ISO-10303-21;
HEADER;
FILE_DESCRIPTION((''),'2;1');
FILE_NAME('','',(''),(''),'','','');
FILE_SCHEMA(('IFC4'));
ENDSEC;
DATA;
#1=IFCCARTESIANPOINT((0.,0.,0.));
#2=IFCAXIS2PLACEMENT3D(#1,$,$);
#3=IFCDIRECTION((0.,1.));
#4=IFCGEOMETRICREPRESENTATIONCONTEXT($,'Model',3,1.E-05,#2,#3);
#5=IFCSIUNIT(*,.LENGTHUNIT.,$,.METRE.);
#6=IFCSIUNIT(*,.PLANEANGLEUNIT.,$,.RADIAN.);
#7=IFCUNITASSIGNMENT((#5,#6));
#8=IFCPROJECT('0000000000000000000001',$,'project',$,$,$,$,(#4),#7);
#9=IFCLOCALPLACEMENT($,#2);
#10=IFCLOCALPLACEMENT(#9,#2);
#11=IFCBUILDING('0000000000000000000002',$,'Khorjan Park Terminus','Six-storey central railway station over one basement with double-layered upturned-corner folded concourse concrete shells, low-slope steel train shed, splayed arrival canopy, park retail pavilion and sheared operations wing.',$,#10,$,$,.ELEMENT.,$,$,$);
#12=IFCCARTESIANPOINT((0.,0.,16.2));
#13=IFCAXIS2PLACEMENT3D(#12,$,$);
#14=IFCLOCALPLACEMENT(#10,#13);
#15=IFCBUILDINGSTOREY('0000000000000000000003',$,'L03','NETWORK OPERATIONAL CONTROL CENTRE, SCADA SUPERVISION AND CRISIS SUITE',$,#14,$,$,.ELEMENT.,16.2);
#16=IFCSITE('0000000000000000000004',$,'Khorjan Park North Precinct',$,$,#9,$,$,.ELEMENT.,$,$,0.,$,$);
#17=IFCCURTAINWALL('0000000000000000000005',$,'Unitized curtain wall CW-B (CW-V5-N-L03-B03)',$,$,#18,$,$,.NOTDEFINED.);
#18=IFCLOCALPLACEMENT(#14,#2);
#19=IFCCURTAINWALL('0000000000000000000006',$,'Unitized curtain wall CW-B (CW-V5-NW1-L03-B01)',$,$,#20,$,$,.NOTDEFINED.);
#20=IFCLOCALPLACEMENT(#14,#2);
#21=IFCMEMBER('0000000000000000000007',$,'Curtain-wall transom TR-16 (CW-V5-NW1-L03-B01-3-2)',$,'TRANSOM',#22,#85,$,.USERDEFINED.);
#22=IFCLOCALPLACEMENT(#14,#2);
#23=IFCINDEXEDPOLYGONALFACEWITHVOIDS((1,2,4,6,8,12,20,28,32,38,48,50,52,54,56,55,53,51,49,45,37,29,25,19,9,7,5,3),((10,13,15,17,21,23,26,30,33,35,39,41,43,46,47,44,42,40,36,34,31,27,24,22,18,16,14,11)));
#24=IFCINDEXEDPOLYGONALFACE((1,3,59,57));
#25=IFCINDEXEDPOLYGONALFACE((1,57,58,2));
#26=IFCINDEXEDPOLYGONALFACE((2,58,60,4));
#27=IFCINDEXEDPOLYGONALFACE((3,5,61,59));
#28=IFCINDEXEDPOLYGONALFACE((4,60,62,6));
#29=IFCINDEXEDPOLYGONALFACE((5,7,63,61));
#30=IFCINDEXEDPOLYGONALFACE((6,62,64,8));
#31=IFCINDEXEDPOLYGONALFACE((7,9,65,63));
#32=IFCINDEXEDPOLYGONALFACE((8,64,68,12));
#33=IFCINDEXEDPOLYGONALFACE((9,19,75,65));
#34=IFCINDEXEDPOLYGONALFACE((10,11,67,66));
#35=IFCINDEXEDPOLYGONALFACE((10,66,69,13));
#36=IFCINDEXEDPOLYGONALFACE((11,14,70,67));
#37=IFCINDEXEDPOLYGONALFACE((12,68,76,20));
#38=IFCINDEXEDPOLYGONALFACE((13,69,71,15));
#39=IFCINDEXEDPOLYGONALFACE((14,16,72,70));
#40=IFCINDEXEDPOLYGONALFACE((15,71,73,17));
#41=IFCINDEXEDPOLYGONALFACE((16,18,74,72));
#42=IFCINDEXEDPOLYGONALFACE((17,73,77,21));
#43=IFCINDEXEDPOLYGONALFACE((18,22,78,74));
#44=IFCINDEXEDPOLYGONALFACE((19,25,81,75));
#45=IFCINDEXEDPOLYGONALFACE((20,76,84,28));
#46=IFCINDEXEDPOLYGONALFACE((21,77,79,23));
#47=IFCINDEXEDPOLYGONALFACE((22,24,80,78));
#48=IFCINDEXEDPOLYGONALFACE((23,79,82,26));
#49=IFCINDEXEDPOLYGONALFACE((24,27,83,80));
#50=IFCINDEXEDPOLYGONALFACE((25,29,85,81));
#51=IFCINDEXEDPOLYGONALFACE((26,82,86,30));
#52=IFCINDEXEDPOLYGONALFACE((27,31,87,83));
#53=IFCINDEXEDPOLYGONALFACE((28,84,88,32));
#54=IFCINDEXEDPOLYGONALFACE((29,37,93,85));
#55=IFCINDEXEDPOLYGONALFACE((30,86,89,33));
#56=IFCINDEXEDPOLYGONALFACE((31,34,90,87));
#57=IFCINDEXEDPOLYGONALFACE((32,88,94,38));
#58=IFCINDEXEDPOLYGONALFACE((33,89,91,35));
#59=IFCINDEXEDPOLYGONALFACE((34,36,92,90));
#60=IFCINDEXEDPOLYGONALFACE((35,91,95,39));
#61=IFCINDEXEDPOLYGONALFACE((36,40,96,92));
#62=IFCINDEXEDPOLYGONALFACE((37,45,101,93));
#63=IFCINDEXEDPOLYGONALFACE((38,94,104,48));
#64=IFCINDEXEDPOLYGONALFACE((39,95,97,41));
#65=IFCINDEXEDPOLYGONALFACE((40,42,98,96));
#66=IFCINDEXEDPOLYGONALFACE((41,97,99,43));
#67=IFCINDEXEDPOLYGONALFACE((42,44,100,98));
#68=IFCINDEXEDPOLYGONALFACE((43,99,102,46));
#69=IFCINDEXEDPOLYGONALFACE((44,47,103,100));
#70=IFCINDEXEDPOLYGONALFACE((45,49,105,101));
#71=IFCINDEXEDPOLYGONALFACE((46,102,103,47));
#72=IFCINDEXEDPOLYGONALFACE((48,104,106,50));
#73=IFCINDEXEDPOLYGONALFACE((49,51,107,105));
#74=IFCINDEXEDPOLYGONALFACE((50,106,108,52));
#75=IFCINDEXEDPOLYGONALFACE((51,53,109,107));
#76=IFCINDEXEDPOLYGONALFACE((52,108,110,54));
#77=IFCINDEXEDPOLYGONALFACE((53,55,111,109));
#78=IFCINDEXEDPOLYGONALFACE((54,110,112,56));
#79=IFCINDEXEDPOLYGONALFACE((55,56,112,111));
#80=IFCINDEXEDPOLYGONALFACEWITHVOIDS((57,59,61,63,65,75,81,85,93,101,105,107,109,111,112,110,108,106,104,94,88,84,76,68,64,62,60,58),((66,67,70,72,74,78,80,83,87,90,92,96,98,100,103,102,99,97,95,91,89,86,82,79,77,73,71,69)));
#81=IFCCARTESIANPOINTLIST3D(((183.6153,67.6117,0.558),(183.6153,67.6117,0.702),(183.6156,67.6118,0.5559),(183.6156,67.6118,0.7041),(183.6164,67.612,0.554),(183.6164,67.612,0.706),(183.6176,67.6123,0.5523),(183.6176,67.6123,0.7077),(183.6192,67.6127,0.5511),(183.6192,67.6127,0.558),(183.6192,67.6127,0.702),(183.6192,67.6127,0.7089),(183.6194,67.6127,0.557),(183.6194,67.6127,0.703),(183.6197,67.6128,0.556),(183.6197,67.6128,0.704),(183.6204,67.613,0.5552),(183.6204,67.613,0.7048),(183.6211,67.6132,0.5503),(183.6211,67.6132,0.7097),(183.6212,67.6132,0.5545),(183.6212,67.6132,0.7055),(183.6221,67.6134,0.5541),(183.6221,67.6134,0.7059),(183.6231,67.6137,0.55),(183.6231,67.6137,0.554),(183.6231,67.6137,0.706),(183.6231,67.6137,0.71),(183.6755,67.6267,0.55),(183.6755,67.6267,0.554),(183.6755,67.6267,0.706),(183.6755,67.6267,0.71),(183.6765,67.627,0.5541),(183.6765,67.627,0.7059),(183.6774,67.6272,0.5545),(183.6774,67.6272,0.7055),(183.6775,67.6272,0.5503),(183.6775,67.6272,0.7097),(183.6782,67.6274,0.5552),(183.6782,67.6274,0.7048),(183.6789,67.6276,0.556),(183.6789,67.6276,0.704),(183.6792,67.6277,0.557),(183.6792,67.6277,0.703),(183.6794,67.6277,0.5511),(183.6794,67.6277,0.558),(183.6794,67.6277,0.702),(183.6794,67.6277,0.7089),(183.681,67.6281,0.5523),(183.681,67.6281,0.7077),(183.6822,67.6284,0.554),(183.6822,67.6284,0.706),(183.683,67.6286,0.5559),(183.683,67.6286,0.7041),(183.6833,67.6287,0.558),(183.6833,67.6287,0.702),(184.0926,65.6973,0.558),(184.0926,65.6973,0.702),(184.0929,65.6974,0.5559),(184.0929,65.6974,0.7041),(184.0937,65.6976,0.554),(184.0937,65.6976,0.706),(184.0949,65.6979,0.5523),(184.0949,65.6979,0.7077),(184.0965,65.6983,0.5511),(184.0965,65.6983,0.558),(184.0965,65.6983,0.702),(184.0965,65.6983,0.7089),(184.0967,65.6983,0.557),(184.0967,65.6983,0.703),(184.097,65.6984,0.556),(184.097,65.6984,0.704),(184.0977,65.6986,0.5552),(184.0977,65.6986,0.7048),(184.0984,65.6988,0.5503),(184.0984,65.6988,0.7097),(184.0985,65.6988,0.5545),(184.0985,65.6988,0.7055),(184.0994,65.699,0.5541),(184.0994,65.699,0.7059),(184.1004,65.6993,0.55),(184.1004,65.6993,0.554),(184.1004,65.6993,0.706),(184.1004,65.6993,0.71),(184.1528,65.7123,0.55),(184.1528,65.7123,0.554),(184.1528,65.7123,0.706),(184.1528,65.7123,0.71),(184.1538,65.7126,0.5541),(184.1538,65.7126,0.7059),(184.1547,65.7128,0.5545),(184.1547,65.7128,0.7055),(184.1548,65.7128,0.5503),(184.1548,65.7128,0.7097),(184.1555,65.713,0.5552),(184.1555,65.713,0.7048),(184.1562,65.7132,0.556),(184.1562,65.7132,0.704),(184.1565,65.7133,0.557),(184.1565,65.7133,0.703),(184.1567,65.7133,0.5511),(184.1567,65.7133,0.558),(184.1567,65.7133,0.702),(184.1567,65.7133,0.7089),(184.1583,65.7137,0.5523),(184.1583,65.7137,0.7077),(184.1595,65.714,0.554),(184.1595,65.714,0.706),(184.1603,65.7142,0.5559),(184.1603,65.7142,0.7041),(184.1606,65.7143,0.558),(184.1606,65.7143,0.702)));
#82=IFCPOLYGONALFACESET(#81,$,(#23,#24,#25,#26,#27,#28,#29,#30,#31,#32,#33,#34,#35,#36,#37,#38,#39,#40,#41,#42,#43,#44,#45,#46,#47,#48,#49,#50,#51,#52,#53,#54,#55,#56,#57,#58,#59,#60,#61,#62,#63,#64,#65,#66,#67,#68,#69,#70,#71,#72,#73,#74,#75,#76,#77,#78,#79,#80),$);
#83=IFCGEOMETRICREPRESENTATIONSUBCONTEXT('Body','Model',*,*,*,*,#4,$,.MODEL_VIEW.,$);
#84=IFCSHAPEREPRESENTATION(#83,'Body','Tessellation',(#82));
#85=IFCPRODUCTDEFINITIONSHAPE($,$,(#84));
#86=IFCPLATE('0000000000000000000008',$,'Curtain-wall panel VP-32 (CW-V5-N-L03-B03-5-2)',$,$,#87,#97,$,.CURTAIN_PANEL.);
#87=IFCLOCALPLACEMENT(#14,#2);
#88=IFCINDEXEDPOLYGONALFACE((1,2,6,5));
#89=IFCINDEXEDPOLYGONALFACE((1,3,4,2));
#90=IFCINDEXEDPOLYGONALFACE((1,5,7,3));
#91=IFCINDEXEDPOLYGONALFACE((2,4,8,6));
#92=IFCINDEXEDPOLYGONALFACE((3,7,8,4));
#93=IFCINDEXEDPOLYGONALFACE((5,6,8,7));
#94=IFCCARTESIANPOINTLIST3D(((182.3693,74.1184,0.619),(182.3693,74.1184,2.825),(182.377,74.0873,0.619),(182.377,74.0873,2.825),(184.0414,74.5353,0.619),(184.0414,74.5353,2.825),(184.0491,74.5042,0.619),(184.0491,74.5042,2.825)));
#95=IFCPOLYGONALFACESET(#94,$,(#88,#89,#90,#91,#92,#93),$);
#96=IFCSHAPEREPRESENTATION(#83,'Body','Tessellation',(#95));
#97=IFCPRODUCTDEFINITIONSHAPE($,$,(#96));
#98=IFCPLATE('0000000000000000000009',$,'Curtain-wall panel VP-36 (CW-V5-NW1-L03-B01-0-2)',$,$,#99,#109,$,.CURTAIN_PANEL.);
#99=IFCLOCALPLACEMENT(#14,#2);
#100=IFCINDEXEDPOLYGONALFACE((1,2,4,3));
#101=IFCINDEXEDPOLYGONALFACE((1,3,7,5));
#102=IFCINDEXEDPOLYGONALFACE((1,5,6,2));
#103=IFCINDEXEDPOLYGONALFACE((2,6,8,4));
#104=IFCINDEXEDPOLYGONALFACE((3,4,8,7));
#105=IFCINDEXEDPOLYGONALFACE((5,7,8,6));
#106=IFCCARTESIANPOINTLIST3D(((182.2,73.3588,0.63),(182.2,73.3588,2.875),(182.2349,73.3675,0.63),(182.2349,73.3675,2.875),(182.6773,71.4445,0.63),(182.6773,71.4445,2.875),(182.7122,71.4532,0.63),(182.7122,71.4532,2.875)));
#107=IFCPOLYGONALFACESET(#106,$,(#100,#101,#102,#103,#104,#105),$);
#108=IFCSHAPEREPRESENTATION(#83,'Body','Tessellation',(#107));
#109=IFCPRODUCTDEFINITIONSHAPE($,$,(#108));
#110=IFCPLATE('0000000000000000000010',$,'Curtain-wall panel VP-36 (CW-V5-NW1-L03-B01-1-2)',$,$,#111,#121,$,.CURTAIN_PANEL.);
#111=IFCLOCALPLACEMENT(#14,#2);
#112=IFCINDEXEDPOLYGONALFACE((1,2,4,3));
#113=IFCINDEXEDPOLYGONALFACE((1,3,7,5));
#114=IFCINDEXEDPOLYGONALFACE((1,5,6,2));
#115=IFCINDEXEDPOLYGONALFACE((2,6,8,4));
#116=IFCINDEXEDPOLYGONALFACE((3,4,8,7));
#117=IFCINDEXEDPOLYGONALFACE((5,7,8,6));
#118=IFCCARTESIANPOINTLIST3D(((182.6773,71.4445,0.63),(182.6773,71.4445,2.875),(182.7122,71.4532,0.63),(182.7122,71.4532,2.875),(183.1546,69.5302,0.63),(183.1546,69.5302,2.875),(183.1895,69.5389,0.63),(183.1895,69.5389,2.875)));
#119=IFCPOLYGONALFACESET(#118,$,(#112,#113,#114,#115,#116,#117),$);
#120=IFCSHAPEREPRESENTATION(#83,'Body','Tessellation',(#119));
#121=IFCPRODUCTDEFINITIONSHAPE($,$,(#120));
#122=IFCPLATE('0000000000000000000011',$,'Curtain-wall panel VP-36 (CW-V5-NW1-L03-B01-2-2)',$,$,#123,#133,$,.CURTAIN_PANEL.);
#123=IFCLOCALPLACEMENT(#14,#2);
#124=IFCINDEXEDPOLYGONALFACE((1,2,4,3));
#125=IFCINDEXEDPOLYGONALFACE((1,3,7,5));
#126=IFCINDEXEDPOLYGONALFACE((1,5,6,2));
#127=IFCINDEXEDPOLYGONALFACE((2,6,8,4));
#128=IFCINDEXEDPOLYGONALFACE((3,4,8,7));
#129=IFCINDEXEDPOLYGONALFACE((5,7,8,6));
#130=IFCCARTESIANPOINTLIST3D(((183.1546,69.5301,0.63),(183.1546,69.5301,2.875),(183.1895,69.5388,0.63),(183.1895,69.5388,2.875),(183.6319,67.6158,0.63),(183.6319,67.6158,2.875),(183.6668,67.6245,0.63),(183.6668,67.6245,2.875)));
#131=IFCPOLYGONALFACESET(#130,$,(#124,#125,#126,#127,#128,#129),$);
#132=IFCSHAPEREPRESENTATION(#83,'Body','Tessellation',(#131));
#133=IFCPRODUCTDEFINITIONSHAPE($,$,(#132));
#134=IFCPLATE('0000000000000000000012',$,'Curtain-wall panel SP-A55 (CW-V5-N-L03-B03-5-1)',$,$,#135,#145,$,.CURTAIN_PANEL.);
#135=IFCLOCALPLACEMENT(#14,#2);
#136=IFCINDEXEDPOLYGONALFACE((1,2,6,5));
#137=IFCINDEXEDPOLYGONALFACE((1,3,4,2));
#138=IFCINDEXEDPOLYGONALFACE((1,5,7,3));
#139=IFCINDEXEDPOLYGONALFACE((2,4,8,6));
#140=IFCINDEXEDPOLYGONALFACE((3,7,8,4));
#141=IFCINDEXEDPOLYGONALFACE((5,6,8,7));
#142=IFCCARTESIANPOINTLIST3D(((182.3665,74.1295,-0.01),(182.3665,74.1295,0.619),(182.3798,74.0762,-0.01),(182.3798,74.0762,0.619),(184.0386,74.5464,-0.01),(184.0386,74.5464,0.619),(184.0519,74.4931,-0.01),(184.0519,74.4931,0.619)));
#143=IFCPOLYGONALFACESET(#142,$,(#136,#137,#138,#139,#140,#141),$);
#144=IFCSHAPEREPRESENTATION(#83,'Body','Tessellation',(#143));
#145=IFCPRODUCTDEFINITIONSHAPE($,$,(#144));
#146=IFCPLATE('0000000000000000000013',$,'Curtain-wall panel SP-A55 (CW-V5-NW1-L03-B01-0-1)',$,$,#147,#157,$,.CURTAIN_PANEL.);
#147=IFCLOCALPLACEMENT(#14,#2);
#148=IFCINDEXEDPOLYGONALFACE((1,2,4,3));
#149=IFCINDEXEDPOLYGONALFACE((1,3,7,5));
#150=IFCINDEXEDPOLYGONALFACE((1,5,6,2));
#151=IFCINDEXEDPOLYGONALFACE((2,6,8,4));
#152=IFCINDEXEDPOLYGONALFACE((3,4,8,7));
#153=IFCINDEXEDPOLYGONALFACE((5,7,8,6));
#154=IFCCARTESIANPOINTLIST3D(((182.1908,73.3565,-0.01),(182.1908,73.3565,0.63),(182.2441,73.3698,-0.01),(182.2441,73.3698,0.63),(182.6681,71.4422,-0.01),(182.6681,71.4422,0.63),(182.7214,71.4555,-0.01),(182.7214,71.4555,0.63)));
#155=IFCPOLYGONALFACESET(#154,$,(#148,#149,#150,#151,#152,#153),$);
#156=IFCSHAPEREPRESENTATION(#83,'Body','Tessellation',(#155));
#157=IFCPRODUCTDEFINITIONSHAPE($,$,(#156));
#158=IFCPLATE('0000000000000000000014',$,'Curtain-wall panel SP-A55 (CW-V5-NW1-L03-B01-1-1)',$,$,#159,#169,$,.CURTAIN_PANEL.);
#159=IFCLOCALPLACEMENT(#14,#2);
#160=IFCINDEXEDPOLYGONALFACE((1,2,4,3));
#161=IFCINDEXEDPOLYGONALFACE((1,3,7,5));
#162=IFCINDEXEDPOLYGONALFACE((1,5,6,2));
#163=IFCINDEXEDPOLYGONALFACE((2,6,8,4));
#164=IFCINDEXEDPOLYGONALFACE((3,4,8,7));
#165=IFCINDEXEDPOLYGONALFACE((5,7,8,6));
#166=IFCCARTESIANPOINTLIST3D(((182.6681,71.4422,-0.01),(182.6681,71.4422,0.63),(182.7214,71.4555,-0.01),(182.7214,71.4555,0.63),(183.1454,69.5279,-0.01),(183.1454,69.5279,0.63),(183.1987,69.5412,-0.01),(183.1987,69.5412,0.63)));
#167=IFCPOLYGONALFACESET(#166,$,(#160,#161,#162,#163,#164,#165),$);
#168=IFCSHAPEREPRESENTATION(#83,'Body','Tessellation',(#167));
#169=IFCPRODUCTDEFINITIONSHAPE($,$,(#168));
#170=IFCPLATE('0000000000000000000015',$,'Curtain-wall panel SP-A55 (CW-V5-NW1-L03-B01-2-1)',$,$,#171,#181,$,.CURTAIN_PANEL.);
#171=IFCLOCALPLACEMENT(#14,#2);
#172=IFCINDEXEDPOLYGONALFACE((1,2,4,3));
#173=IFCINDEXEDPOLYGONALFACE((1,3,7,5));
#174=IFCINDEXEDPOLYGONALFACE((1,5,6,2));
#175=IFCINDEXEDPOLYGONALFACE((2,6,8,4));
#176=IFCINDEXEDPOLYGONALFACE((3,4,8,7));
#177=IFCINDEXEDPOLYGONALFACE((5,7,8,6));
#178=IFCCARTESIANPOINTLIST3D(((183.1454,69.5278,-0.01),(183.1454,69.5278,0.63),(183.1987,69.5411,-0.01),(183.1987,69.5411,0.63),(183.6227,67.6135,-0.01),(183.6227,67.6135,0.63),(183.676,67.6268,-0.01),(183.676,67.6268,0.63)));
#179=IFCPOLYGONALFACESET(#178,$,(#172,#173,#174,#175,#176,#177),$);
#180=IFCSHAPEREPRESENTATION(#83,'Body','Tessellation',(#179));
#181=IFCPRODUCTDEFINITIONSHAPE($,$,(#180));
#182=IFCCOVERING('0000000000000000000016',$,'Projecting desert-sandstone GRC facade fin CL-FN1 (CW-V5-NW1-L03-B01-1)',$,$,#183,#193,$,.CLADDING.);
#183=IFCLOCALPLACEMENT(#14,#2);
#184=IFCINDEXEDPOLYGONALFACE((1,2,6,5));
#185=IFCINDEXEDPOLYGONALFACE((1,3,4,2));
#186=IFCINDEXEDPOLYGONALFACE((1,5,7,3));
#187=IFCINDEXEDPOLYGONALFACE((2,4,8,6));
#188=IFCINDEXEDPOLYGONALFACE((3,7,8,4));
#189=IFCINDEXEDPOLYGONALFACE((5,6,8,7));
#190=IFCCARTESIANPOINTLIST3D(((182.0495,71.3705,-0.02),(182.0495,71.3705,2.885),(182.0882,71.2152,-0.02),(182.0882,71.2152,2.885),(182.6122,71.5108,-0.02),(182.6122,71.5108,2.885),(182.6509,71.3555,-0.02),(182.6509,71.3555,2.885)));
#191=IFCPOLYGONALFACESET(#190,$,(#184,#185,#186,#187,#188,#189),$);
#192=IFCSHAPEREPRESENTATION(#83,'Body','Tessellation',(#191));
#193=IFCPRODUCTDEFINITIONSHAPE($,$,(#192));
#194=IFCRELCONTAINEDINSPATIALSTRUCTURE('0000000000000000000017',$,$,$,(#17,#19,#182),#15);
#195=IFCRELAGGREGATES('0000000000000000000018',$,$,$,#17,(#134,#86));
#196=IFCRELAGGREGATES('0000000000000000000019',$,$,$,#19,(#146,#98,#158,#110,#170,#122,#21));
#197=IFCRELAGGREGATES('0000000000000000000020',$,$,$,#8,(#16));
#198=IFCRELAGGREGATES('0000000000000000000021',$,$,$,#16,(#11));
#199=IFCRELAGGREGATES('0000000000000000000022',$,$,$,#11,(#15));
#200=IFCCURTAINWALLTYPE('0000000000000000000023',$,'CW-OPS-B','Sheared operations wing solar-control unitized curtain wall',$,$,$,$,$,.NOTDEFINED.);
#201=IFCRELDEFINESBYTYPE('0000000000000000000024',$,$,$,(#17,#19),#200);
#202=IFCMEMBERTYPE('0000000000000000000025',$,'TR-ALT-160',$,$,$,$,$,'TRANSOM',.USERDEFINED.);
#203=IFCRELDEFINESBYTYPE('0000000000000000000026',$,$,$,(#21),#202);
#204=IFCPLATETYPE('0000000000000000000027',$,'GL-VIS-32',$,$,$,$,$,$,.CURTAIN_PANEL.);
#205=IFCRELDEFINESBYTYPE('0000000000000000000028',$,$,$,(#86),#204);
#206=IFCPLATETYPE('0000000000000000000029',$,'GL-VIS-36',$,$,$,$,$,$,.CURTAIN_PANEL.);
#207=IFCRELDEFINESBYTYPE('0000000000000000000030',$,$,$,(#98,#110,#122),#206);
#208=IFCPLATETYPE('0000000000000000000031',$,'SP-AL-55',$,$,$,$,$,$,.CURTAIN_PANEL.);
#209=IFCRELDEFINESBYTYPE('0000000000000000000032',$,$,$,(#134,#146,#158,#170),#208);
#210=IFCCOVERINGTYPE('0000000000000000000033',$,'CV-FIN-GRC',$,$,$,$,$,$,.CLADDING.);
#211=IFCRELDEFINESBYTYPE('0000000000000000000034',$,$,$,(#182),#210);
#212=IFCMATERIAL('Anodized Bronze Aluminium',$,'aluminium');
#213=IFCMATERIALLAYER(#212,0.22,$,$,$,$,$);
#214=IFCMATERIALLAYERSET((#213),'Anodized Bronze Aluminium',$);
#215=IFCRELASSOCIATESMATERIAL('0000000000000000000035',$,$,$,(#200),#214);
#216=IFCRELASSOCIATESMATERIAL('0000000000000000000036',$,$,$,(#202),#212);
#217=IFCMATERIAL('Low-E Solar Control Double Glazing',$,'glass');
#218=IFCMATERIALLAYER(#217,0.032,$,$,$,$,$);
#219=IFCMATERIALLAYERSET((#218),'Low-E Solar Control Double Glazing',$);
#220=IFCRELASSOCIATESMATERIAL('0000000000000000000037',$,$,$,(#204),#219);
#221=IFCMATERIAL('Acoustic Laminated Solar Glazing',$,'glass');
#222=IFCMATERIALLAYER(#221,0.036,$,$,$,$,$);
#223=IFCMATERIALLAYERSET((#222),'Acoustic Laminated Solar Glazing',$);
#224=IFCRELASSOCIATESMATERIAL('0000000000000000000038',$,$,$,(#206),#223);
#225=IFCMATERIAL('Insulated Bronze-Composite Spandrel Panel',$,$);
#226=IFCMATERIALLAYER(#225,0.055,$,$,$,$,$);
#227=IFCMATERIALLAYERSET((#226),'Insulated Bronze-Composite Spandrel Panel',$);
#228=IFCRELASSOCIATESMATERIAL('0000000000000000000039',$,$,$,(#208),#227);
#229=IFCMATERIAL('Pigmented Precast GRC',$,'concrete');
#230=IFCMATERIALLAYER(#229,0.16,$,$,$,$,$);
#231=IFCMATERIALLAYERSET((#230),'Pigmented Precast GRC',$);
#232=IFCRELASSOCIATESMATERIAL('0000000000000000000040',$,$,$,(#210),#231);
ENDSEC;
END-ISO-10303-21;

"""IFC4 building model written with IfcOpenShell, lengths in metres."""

from ifc_helpers import new_model, si_unit, direction, frame, origin, origin_2d, place, context, subcontext, project, spatial, rectangle, hollow_rectangle, extrude, material, layer, layer_set, material_profile, profile_set, type_object, element, aggregate, save


model = new_model("IFC4")

# Units and contexts
model_context = context("Model", 3, precision=1e-05, world=origin(), true_north=direction((0.0, 1.0)))
body_context = subcontext(model_context, "Body", "Model", "MODEL_VIEW")
ifc_project = project(units=[si_unit("LENGTHUNIT", "METRE"), si_unit("PLANEANGLEUNIT", "RADIAN")], contexts=[model_context])

# Site, building, storey
site_placement = place(None, origin())
site = spatial("IfcSite", under=ifc_project, at=site_placement, Name="Khorjan Park North Precinct", CompositionType="ELEMENT", RefElevation=0.0)
building_placement = place(site_placement, origin())
building = spatial("IfcBuilding", under=site, at=building_placement, Name="Khorjan Park Terminus", Description="Six-storey central railway station over one basement with double-layered upturned-corner folded concourse concrete shells, low-slope steel train shed, splayed arrival canopy, park retail pavilion and sheared operations wing.", CompositionType="ELEMENT")
storey_placement = place(building_placement, frame((0.0, 0.0, 16.2)))
storey = spatial("IfcBuildingStorey", under=building, at=storey_placement, Name="L03", Description="NETWORK OPERATIONAL CONTROL CENTRE, SCADA SUPERVISION AND CRISIS SUITE", CompositionType="ELEMENT", Elevation=16.2)

# Curtain wall
ifc_material_1 = material(Name="Anodized Bronze Aluminium", Category="aluminium")
ifc_layer_1 = layer(ifc_material_1, 0.22)
ifc_layer_set_1 = layer_set([ifc_layer_1], Name="Anodized Bronze Aluminium")
curtain_wall_type = type_object("IfcCurtainWallType", Name="CW-OPS-B", Description="Sheared operations wing solar-control unitized curtain wall", PredefinedType="NOTDEFINED", material=ifc_layer_set_1)
curtain_wall_1_placement = place(storey_placement, origin())
curtain_wall_1 = element("IfcCurtainWall", 1, at=curtain_wall_1_placement, inside=storey, type_object=curtain_wall_type, Name="Unitized curtain wall CW-B (CW-V5-N-L03-B03)", PredefinedType="NOTDEFINED")

# Curtain wall, member
curtain_wall_2_placement = place(storey_placement, origin())
curtain_wall_2 = element("IfcCurtainWall", 2, at=curtain_wall_2_placement, inside=storey, type_object=curtain_wall_type, Name="Unitized curtain wall CW-B (CW-V5-NW1-L03-B01)", PredefinedType="NOTDEFINED")
ifc_material_profile_1 = material_profile(ifc_material_1, hollow_rectangle(XDim=0.07, YDim=0.16, WallThickness=0.004, InnerFilletRadius=0.004, OuterFilletRadius=0.008, at=origin_2d()), Name="ALT 70x160x4")
ifc_profile_set_1 = profile_set([ifc_material_profile_1], Name="Anodized Bronze Aluminium")
member_type_1 = type_object("IfcMemberType", Name="TR-ALT-160", ElementType="TRANSOM", PredefinedType="USERDEFINED", material=ifc_profile_set_1)
member_1_placement = place(storey_placement, frame((183.6493, 67.6202, 0.63), z_axis=(0.241915, -0.970297, 0.0), x_axis=(0.970297, 0.241915, 0.0)))
member_1 = element("IfcMember", 3, at=member_1_placement, type_object=member_type_1, Name="Curtain-wall transom TR-16 (CW-V5-NW1-L03-B01-3-2)", ObjectType="TRANSOM", PredefinedType="USERDEFINED", context=body_context, shape_type="SweptSolid", body=[
    extrude(hollow_rectangle(XDim=0.07, YDim=0.16, WallThickness=0.004, InnerFilletRadius=0.004, OuterFilletRadius=0.008, at=origin_2d()), origin(), (0.0, 0.0, 1.0), 1.973),
])

# Plates
ifc_material_2 = material(Name="Low-E Solar Control Double Glazing", Category="glass")
ifc_layer_2 = layer(ifc_material_2, 0.032)
ifc_layer_set_2 = layer_set([ifc_layer_2], Name="Low-E Solar Control Double Glazing")
plate_type_1 = type_object("IfcPlateType", Name="GL-VIS-32", PredefinedType="CURTAIN_PANEL", material=ifc_layer_set_2)
plate_1_placement = place(storey_placement, frame((183.2092, 74.3113, 0.619), z_axis=(0.0, 0.0, 1.0), x_axis=(-0.970296, -0.241921, 0.0)))
plate_1 = element("IfcPlate", 4, at=plate_1_placement, type_object=plate_type_1, Name="Curtain-wall panel VP-32 (CW-V5-N-L03-B03-5-2)", PredefinedType="CURTAIN_PANEL", context=body_context, shape_type="SweptSolid", body=[
    extrude(rectangle(XDim=1.7233, YDim=0.032, at=origin_2d()), origin(), (0.0, 0.0, 1.0), 2.206),
])
ifc_material_3 = material(Name="Acoustic Laminated Solar Glazing", Category="glass")
ifc_layer_3 = layer(ifc_material_3, 0.036)
ifc_layer_set_3 = layer_set([ifc_layer_3], Name="Acoustic Laminated Solar Glazing")
plate_type_2 = type_object("IfcPlateType", Name="GL-VIS-36", PredefinedType="CURTAIN_PANEL", material=ifc_layer_set_3)
plate_2_placement = place(storey_placement, frame((182.4561, 72.406, 0.63), z_axis=(0.0, 0.0, 1.0), x_axis=(0.241923, -0.970296, 0.0)))
plate_2 = element("IfcPlate", 5, at=plate_2_placement, type_object=plate_type_2, Name="Curtain-wall panel VP-36 (CW-V5-NW1-L03-B01-0-2)", PredefinedType="CURTAIN_PANEL", context=body_context, shape_type="SweptSolid", body=[
    extrude(rectangle(XDim=1.9729, YDim=0.036, at=origin_2d()), origin(), (0.0, 0.0, 1.0), 2.245),
])
plate_3_placement = place(storey_placement, frame((182.9334, 70.4917, 0.63), z_axis=(0.0, 0.0, 1.0), x_axis=(0.241923, -0.970296, 0.0)))
plate_3 = element("IfcPlate", 6, at=plate_3_placement, type_object=plate_type_2, Name="Curtain-wall panel VP-36 (CW-V5-NW1-L03-B01-1-2)", PredefinedType="CURTAIN_PANEL", context=body_context, shape_type="SweptSolid", body=[
    extrude(rectangle(XDim=1.9729, YDim=0.036, at=origin_2d()), origin(), (0.0, 0.0, 1.0), 2.245),
])
plate_4_placement = place(storey_placement, frame((183.4107, 68.5773, 0.63), z_axis=(0.0, 0.0, 1.0), x_axis=(0.241923, -0.970296, 0.0)))
plate_4 = element("IfcPlate", 7, at=plate_4_placement, type_object=plate_type_2, Name="Curtain-wall panel VP-36 (CW-V5-NW1-L03-B01-2-2)", PredefinedType="CURTAIN_PANEL", context=body_context, shape_type="SweptSolid", body=[
    extrude(rectangle(XDim=1.9729, YDim=0.036, at=origin_2d()), origin(), (0.0, 0.0, 1.0), 2.245),
])
ifc_material_4 = material(Name="Insulated Bronze-Composite Spandrel Panel")
ifc_layer_4 = layer(ifc_material_4, 0.055)
ifc_layer_set_4 = layer_set([ifc_layer_4], Name="Insulated Bronze-Composite Spandrel Panel")
plate_type_3 = type_object("IfcPlateType", Name="SP-AL-55", PredefinedType="CURTAIN_PANEL", material=ifc_layer_set_4)
plate_5_placement = place(storey_placement, frame((183.2092, 74.3113, -0.01), z_axis=(0.0, 0.0, 1.0), x_axis=(-0.970296, -0.241921, 0.0)))
plate_5 = element("IfcPlate", 8, at=plate_5_placement, type_object=plate_type_3, Name="Curtain-wall panel SP-A55 (CW-V5-N-L03-B03-5-1)", PredefinedType="CURTAIN_PANEL", context=body_context, shape_type="SweptSolid", body=[
    extrude(rectangle(XDim=1.7233, YDim=0.055, at=origin_2d()), origin(), (0.0, 0.0, 1.0), 0.629),
])
aggregate(curtain_wall_1, [plate_5, plate_1])
plate_6_placement = place(storey_placement, frame((182.4561, 72.406, -0.01), z_axis=(0.0, 0.0, 1.0), x_axis=(0.241923, -0.970296, 0.0)))
plate_6 = element("IfcPlate", 9, at=plate_6_placement, type_object=plate_type_3, Name="Curtain-wall panel SP-A55 (CW-V5-NW1-L03-B01-0-1)", PredefinedType="CURTAIN_PANEL", context=body_context, shape_type="SweptSolid", body=[
    extrude(rectangle(XDim=1.9729, YDim=0.055, at=origin_2d()), origin(), (0.0, 0.0, 1.0), 0.64),
])
plate_7_placement = place(storey_placement, frame((182.9334, 70.4917, -0.01), z_axis=(0.0, 0.0, 1.0), x_axis=(0.241923, -0.970296, 0.0)))
plate_7 = element("IfcPlate", 10, at=plate_7_placement, type_object=plate_type_3, Name="Curtain-wall panel SP-A55 (CW-V5-NW1-L03-B01-1-1)", PredefinedType="CURTAIN_PANEL", context=body_context, shape_type="SweptSolid", body=[
    extrude(rectangle(XDim=1.9729, YDim=0.055, at=origin_2d()), origin(), (0.0, 0.0, 1.0), 0.64),
])
plate_8_placement = place(storey_placement, frame((183.4107, 68.5773, -0.01), z_axis=(0.0, 0.0, 1.0), x_axis=(0.241923, -0.970296, 0.0)))
plate_8 = element("IfcPlate", 11, at=plate_8_placement, type_object=plate_type_3, Name="Curtain-wall panel SP-A55 (CW-V5-NW1-L03-B01-2-1)", PredefinedType="CURTAIN_PANEL", context=body_context, shape_type="SweptSolid", body=[
    extrude(rectangle(XDim=1.9729, YDim=0.055, at=origin_2d()), origin(), (0.0, 0.0, 1.0), 0.64),
])
aggregate(curtain_wall_2, [plate_6, plate_2, plate_7, plate_3, plate_8, plate_4, member_1])

# Covering
ifc_material_5 = material(Name="Pigmented Precast GRC", Category="concrete")
ifc_layer_5 = layer(ifc_material_5, 0.16)
ifc_layer_set_5 = layer_set([ifc_layer_5], Name="Pigmented Precast GRC")
covering_type = type_object("IfcCoveringType", Name="CV-FIN-GRC", PredefinedType="CLADDING", material=ifc_layer_set_5)
covering_placement = place(storey_placement, frame((182.3502, 71.363, -0.02), z_axis=(0.0, 0.0, 1.0), x_axis=(0.970296, 0.241922, 0.0)))
element("IfcCovering", 12, at=covering_placement, inside=storey, type_object=covering_type, Name="Projecting desert-sandstone GRC facade fin CL-FN1 (CW-V5-NW1-L03-B01-1)", PredefinedType="CLADDING", context=body_context, shape_type="SweptSolid", body=[
    extrude(rectangle(XDim=0.58, YDim=0.16, at=origin_2d()), origin(), (0.0, 0.0, 1.0), 2.905),
])

save(model, "model.ifc")
